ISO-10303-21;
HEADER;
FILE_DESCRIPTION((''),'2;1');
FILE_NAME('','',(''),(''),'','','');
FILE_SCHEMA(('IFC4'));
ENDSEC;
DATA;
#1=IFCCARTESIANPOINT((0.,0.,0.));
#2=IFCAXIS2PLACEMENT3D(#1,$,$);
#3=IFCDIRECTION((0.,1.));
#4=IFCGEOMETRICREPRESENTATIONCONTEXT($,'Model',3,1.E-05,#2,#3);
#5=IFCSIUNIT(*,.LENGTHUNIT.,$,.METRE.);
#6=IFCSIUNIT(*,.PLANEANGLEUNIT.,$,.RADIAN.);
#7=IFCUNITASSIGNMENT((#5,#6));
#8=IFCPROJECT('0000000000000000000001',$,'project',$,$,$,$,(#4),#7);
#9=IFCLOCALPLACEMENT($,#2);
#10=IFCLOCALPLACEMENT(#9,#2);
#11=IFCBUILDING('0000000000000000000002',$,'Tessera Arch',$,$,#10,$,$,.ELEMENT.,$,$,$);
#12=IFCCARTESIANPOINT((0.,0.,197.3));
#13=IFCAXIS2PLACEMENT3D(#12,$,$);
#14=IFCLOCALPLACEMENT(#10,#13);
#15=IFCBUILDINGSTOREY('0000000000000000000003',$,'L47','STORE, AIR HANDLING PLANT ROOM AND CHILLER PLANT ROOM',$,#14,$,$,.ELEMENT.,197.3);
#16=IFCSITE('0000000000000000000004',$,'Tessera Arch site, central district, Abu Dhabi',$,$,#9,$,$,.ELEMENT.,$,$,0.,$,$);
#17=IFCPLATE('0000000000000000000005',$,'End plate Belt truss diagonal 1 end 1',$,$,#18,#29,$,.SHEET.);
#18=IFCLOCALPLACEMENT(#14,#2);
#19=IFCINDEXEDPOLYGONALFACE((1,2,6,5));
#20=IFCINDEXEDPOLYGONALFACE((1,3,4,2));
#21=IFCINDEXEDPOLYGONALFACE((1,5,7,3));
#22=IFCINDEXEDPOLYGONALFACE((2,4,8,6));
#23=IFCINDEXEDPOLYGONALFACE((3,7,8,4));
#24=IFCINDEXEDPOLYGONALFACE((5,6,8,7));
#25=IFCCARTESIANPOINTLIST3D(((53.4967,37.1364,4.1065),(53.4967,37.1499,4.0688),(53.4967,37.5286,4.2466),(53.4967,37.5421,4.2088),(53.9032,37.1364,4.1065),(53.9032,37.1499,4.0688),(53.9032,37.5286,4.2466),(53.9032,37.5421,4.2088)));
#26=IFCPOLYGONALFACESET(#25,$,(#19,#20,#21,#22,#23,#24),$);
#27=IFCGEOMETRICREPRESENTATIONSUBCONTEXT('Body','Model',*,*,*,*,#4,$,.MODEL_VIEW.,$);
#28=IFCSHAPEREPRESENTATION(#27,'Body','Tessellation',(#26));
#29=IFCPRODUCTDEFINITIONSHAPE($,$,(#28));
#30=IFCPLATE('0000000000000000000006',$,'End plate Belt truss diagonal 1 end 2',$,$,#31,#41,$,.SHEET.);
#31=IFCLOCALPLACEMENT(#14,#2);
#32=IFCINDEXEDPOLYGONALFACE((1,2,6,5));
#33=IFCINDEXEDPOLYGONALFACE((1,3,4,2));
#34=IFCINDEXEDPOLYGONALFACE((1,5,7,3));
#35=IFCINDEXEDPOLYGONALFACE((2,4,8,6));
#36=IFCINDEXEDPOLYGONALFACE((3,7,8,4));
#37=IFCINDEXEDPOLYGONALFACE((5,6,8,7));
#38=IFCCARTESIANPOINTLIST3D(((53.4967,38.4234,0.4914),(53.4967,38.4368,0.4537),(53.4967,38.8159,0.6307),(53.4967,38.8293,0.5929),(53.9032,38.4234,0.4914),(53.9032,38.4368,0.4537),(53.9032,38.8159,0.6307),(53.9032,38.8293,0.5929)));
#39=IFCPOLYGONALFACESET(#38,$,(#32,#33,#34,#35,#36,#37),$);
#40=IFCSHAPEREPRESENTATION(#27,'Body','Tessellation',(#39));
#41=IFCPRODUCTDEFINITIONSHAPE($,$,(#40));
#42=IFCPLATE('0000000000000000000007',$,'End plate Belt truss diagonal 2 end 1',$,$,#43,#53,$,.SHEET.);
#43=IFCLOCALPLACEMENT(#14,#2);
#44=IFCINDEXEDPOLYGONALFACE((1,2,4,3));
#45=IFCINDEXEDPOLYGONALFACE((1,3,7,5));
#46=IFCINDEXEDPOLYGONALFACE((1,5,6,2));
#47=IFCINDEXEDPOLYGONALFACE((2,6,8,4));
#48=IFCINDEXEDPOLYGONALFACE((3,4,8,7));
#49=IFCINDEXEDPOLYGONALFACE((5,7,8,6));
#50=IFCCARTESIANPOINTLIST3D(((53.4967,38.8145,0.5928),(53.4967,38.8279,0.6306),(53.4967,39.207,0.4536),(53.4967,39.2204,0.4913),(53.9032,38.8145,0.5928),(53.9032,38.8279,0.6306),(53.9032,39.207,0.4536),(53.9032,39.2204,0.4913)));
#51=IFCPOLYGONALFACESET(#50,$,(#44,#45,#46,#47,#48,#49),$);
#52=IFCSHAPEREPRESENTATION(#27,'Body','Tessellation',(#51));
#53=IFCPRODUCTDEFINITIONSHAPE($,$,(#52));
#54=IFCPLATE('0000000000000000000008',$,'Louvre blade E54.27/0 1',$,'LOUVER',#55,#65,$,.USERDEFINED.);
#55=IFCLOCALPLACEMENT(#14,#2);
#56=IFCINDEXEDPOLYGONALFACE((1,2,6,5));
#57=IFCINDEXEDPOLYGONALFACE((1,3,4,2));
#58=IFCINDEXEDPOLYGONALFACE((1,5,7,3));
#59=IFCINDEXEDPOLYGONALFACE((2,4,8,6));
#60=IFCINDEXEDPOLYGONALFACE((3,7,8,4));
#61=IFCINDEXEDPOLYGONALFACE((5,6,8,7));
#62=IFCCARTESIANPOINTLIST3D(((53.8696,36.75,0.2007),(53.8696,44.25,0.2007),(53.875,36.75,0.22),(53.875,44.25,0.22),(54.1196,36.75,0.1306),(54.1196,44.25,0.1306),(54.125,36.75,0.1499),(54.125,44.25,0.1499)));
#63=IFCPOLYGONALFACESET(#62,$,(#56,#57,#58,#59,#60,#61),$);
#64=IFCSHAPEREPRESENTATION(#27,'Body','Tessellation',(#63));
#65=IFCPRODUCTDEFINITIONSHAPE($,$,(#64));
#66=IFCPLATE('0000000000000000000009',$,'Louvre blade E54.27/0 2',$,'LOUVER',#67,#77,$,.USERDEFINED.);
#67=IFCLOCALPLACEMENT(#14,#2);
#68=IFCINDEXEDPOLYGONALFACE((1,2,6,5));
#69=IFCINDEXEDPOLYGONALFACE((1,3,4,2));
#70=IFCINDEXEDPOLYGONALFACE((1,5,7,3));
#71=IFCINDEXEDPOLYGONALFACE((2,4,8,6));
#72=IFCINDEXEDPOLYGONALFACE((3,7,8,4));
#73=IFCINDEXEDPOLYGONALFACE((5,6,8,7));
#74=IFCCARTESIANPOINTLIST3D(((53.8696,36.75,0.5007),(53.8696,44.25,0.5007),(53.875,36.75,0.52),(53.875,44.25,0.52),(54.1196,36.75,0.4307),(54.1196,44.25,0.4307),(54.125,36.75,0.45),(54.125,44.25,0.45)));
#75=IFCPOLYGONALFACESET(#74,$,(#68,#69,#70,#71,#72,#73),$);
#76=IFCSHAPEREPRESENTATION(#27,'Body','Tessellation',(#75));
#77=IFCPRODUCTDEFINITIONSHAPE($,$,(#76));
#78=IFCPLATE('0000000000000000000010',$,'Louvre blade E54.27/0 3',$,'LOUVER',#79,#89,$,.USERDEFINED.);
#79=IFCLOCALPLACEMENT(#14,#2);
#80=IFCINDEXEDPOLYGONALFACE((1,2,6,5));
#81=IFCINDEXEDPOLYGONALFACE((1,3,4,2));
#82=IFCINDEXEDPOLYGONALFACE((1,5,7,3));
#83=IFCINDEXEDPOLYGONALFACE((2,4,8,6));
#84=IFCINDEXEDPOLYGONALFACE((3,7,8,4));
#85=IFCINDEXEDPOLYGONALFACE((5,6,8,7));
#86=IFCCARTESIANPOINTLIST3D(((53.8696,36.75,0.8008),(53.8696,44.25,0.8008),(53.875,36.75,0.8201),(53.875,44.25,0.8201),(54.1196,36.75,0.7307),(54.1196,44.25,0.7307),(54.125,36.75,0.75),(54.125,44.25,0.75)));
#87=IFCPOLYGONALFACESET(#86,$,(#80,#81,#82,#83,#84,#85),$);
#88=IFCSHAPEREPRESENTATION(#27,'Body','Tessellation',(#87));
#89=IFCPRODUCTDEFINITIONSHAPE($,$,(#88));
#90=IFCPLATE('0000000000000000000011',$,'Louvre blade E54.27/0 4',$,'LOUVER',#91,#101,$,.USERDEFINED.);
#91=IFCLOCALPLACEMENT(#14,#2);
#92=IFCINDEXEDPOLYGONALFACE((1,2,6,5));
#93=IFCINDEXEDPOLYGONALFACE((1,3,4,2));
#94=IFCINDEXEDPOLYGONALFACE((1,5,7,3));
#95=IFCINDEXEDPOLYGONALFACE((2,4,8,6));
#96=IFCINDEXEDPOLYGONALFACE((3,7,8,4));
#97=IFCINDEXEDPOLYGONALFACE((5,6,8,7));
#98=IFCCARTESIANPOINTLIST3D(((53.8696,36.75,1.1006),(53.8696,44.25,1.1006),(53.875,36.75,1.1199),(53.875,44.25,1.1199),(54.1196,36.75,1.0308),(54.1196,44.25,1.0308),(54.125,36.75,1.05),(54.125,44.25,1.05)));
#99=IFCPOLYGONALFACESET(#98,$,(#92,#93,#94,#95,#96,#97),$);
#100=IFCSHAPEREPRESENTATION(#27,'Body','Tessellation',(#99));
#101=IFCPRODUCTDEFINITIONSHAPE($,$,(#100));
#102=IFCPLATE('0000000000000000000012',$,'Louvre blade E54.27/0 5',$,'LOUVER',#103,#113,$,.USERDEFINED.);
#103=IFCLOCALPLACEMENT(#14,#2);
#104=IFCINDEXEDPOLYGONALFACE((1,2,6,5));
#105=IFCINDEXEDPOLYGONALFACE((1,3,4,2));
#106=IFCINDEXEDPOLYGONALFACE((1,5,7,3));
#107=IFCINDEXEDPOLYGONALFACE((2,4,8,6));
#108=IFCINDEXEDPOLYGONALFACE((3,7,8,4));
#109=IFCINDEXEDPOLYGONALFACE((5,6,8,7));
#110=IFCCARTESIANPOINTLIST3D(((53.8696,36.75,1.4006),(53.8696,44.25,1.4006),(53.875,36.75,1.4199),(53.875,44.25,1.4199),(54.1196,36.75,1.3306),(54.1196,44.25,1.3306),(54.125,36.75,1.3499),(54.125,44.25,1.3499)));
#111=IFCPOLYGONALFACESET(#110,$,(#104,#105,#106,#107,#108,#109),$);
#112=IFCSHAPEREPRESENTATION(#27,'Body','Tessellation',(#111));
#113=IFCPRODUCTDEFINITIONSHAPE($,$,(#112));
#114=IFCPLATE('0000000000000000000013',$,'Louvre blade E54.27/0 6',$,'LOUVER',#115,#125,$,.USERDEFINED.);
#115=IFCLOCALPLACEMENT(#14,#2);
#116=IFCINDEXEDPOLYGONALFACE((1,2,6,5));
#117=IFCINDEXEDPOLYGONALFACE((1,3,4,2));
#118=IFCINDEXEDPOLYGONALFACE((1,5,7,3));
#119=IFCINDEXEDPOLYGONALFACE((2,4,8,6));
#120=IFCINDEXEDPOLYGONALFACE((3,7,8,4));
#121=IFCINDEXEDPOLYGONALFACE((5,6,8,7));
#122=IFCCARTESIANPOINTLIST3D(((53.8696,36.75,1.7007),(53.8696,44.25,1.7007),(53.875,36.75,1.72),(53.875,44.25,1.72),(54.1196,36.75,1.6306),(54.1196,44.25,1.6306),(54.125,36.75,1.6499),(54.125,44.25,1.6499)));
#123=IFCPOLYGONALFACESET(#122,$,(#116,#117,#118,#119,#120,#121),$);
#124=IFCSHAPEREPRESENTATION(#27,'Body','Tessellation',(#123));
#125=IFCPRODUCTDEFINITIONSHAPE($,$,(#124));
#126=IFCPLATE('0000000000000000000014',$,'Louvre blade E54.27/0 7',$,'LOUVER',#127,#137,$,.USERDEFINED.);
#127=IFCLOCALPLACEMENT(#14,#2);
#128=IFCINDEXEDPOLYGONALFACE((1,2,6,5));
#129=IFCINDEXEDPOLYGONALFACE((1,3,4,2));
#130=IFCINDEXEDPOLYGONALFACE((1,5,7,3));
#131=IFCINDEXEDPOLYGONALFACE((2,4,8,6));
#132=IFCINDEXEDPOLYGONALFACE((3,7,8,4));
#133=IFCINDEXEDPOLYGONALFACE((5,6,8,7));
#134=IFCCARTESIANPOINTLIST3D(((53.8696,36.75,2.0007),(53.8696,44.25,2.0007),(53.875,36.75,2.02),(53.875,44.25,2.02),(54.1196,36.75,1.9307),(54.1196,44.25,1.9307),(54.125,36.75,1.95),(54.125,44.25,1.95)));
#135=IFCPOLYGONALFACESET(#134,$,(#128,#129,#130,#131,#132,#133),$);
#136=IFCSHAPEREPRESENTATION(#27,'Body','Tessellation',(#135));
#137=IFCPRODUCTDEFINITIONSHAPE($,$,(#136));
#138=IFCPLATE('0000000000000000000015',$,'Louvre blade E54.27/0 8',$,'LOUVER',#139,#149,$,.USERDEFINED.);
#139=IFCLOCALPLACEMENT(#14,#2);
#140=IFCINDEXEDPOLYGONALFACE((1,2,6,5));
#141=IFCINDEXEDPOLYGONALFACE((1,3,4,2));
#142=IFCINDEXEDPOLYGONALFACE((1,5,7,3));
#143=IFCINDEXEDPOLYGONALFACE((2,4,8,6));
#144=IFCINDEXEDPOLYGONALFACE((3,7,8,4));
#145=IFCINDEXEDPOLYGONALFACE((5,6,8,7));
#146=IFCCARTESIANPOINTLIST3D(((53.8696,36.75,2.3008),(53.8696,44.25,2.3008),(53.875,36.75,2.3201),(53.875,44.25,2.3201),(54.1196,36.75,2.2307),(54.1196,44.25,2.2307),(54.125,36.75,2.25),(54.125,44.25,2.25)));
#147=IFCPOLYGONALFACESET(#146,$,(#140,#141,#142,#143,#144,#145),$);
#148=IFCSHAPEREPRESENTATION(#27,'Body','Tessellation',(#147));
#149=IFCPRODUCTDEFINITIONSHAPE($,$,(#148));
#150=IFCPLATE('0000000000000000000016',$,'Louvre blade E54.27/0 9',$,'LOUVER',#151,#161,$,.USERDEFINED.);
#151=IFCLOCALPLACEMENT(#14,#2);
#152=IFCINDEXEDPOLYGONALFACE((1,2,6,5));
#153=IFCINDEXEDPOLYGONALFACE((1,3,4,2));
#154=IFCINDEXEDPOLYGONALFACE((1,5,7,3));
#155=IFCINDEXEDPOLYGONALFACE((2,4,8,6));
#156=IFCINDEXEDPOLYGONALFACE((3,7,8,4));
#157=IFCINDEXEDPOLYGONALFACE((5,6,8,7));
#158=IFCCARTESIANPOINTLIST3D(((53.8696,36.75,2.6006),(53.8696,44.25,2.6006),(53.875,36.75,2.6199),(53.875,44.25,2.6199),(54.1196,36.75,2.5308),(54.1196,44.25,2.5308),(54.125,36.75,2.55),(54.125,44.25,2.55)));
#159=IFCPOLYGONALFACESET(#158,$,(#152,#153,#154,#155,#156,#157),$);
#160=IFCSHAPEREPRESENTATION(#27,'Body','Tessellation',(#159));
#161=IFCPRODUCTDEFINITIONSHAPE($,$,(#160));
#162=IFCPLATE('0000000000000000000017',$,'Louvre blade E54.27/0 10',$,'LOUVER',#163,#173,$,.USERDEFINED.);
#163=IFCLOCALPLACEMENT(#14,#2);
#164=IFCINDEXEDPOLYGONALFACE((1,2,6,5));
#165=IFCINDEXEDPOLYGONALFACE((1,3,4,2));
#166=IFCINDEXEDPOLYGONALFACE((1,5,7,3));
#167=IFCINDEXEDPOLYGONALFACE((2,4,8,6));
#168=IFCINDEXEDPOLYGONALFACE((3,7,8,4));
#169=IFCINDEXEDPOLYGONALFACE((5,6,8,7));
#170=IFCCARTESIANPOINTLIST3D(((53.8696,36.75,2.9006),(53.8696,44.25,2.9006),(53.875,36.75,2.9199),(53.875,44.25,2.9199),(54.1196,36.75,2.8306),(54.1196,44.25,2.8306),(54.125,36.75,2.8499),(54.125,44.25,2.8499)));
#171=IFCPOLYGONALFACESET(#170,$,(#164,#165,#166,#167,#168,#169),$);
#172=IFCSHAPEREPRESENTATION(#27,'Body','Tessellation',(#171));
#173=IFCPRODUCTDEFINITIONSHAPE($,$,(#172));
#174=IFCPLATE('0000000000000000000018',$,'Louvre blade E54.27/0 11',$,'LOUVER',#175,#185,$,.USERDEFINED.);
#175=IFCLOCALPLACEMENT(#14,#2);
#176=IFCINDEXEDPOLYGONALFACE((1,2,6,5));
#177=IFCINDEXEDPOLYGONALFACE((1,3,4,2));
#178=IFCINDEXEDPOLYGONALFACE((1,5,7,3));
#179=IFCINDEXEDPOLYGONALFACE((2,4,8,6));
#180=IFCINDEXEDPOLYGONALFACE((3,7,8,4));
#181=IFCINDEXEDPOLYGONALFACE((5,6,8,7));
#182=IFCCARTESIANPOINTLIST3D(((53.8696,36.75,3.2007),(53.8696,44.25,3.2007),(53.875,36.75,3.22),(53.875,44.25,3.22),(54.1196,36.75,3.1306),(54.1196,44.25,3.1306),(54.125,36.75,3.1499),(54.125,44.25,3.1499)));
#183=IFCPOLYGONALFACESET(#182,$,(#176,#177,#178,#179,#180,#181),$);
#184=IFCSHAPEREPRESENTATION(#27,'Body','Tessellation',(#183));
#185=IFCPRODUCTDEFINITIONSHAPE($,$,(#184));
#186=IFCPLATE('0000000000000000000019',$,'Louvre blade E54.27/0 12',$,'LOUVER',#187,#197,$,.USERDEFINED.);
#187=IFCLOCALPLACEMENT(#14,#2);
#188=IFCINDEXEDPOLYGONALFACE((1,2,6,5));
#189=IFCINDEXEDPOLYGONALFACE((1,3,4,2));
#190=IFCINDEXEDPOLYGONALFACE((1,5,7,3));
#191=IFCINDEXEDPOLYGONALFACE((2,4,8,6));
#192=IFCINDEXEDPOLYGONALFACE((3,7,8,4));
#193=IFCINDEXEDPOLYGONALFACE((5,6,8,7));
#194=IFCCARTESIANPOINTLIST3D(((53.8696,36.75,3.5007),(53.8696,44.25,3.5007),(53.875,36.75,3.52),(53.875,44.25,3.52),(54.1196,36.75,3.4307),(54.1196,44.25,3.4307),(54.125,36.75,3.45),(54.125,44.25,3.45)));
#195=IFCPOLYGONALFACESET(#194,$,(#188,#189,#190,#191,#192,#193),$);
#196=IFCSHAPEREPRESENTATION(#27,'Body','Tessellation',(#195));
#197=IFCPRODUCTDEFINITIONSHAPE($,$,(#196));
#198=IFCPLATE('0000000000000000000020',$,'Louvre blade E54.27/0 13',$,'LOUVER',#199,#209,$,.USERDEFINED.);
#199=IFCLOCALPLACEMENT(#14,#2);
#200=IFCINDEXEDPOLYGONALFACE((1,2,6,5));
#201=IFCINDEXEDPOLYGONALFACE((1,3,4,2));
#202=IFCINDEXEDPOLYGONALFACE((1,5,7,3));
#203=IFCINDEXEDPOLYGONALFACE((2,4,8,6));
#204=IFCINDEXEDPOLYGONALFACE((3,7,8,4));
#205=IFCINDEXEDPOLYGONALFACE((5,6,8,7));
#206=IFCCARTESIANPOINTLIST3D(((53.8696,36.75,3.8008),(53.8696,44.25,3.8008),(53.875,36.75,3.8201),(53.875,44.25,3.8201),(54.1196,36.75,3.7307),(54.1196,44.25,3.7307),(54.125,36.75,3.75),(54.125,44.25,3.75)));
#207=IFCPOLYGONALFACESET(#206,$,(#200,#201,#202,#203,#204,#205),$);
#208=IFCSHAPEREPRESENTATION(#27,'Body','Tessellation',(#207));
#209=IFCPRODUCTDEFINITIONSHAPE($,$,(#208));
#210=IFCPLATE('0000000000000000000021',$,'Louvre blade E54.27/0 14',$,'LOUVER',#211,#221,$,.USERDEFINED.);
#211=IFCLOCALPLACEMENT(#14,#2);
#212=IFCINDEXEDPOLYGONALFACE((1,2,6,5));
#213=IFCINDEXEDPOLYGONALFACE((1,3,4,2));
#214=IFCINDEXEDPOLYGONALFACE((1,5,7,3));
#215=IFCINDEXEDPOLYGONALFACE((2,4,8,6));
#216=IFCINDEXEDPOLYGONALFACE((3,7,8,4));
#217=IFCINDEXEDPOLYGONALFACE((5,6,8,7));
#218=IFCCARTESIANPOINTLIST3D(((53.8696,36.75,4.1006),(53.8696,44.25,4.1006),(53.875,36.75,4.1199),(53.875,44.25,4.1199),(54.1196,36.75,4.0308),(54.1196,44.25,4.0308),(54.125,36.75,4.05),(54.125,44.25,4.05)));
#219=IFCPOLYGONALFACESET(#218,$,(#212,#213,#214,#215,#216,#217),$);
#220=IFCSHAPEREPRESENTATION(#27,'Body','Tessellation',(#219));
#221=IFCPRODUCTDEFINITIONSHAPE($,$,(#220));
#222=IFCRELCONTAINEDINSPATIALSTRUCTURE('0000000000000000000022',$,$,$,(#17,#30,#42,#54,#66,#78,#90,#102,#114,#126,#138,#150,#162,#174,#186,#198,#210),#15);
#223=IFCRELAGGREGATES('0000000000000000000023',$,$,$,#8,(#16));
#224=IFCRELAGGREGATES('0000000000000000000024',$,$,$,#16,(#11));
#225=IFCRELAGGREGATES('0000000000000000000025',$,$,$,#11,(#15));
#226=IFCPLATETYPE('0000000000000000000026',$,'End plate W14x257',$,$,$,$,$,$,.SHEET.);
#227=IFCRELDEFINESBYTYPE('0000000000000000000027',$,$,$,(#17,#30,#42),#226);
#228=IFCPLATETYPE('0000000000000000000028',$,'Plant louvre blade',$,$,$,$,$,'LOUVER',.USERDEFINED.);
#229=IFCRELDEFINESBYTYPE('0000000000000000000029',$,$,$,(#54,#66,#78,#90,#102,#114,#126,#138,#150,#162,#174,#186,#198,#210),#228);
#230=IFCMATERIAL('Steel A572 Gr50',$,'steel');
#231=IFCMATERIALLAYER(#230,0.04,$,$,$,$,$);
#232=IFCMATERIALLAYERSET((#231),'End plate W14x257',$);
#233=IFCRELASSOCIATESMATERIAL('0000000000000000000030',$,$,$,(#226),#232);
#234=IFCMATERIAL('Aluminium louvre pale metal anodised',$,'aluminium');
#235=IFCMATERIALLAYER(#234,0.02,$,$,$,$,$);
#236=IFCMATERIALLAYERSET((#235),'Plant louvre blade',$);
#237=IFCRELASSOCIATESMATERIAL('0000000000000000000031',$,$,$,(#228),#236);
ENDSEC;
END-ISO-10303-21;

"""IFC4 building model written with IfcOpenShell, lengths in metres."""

from ifc_helpers import new_model, si_unit, direction, frame, origin, origin_2d, place, context, subcontext, project, spatial, polyline, rectangle, outline, extrude, material, layer, layer_set, type_object, element, save


model = new_model("IFC4")

# Units and contexts
model_context = context("Model", 3, precision=1e-05, world=origin(), true_north=direction((0.0, 1.0)))
body_context = subcontext(model_context, "Body", "Model", "MODEL_VIEW")
ifc_project = project(units=[si_unit("LENGTHUNIT", "METRE"), si_unit("PLANEANGLEUNIT", "RADIAN")], contexts=[model_context])

# Site, building, storey
site_placement = place(None, origin())
site = spatial("IfcSite", under=ifc_project, at=site_placement, Name="Tessera Arch site, central district, Abu Dhabi", CompositionType="ELEMENT", RefElevation=0.0)
building_placement = place(site_placement, origin())
building = spatial("IfcBuilding", under=site, at=building_placement, Name="Tessera Arch", CompositionType="ELEMENT")
storey_placement = place(building_placement, frame((0.0, 0.0, 197.3)))
storey = spatial("IfcBuildingStorey", under=building, at=storey_placement, Name="L47", Description="STORE, AIR HANDLING PLANT ROOM AND CHILLER PLANT ROOM", CompositionType="ELEMENT", Elevation=197.3)

# Plates
ifc_material_1 = material(Name="Steel A572 Gr50", Category="steel")
ifc_layer_1 = layer(ifc_material_1, 0.04)
ifc_layer_set_1 = layer_set([ifc_layer_1], Name="End plate W14x257")
plate_type_1 = type_object("IfcPlateType", Name="End plate W14x257", PredefinedType="SHEET", material=ifc_layer_set_1)
for number, where, z_axis, x_axis, name in (
    (1, (53.7, 37.3325, 4.1765), (0.0, 0.336336, -0.941742), (-1.0, 0.0, 0.0), "End plate Belt truss diagonal 1 end 1"),
    (2, (53.7, 38.6196, 0.561), (0.0, 0.33441, -0.942428), (-1.0, 0.0, 0.0), "End plate Belt truss diagonal 1 end 2"),
    (3, (53.7, 39.0107, 0.5232), (0.0, 0.33441, 0.942428), (-1.0, 0.0, 0.0), "End plate Belt truss diagonal 2 end 1"),
):
    element("IfcPlate", number, at=place(storey_placement, frame(where, z_axis=z_axis, x_axis=x_axis)), inside=storey, type_object=plate_type_1, Name=name, PredefinedType="SHEET", context=body_context, shape_type="SweptSolid", body=[
        extrude(rectangle(XDim=0.4065, YDim=0.4165, at=origin_2d()), origin(), (0.0, 0.0, 1.0), 0.04),
    ])
ifc_material_2 = material(Name="Aluminium louvre pale metal anodised", Category="aluminium")
ifc_layer_2 = layer(ifc_material_2, 0.02)
ifc_layer_set_2 = layer_set([ifc_layer_2], Name="Plant louvre blade")
plate_type_2 = type_object("IfcPlateType", Name="Plant louvre blade", ElementType="LOUVER", PredefinedType="USERDEFINED", material=ifc_layer_set_2)
for number, where, z_axis, x_axis, name in (
    (4, (54.125, 36.75, 0.1499), (0.269874, 0.0, 0.962896), (0.0, 1.0, 0.0), "Louvre blade E54.27/0 1"),
    (5, (54.125, 36.75, 0.45), (0.269874, 0.0, 0.962896), (0.0, 1.0, 0.0), "Louvre blade E54.27/0 2"),
    (6, (54.125, 36.75, 0.75), (0.269874, 0.0, 0.962896), (0.0, 1.0, 0.0), "Louvre blade E54.27/0 3"),
):
    element("IfcPlate", number, at=place(storey_placement, frame(where, z_axis=z_axis, x_axis=x_axis)), inside=storey, type_object=plate_type_2, Name=name, ObjectType="LOUVER", PredefinedType="USERDEFINED", context=body_context, shape_type="SweptSolid", body=[
        extrude(outline(polyline([(0.0, 0.0), (7.5, 0.0), (7.5, 0.2596), (0.0, 0.2596), (0.0, 0.0)])), origin(), (0.0, 0.0, -1.0), 0.02),
    ])
plate_1_placement = place(storey_placement, frame((54.125, 36.75, 1.05), z_axis=(0.269002, 0.0, 0.96314), x_axis=(0.0, 1.0, 0.0)))
element("IfcPlate", 7, at=plate_1_placement, inside=storey, type_object=plate_type_2, Name="Louvre blade E54.27/0 4", ObjectType="LOUVER", PredefinedType="USERDEFINED", context=body_context, shape_type="SweptSolid", body=[
    extrude(outline(polyline([(0.0, 0.0), (7.5, 0.0), (7.5, 0.2596), (0.0, 0.2596), (0.0, 0.0)])), origin(), (0.0, 0.0, -1.0), 0.02),
])
for number, where, z_axis, x_axis, name in (
    (8, (54.125, 36.75, 1.3499), (0.269874, 0.0, 0.962896), (0.0, 1.0, 0.0), "Louvre blade E54.27/0 5"),
    (9, (54.125, 36.75, 1.6499), (0.269874, 0.0, 0.962896), (0.0, 1.0, 0.0), "Louvre blade E54.27/0 6"),
    (10, (54.125, 36.75, 1.95), (0.269874, 0.0, 0.962896), (0.0, 1.0, 0.0), "Louvre blade E54.27/0 7"),
    (11, (54.125, 36.75, 2.25), (0.269874, 0.0, 0.962896), (0.0, 1.0, 0.0), "Louvre blade E54.27/0 8"),
):
    element("IfcPlate", number, at=place(storey_placement, frame(where, z_axis=z_axis, x_axis=x_axis)), inside=storey, type_object=plate_type_2, Name=name, ObjectType="LOUVER", PredefinedType="USERDEFINED", context=body_context, shape_type="SweptSolid", body=[
        extrude(outline(polyline([(0.0, 0.0), (7.5, 0.0), (7.5, 0.2596), (0.0, 0.2596), (0.0, 0.0)])), origin(), (0.0, 0.0, -1.0), 0.02),
    ])
plate_2_placement = place(storey_placement, frame((54.125, 36.75, 2.55), z_axis=(0.269002, 0.0, 0.96314), x_axis=(0.0, 1.0, 0.0)))
element("IfcPlate", 12, at=plate_2_placement, inside=storey, type_object=plate_type_2, Name="Louvre blade E54.27/0 9", ObjectType="LOUVER", PredefinedType="USERDEFINED", context=body_context, shape_type="SweptSolid", body=[
    extrude(outline(polyline([(0.0, 0.0), (7.5, 0.0), (7.5, 0.2596), (0.0, 0.2596), (0.0, 0.0)])), origin(), (0.0, 0.0, -1.0), 0.02),
])
for number, where, z_axis, x_axis, name in (
    (13, (54.125, 36.75, 2.8499), (0.269874, 0.0, 0.962896), (0.0, 1.0, 0.0), "Louvre blade E54.27/0 10"),
    (14, (54.125, 36.75, 3.1499), (0.269874, 0.0, 0.962896), (0.0, 1.0, 0.0), "Louvre blade E54.27/0 11"),
    (15, (54.125, 36.75, 3.45), (0.269874, 0.0, 0.962896), (0.0, 1.0, 0.0), "Louvre blade E54.27/0 12"),
    (16, (54.125, 36.75, 3.75), (0.269874, 0.0, 0.962896), (0.0, 1.0, 0.0), "Louvre blade E54.27/0 13"),
):
    element("IfcPlate", number, at=place(storey_placement, frame(where, z_axis=z_axis, x_axis=x_axis)), inside=storey, type_object=plate_type_2, Name=name, ObjectType="LOUVER", PredefinedType="USERDEFINED", context=body_context, shape_type="SweptSolid", body=[
        extrude(outline(polyline([(0.0, 0.0), (7.5, 0.0), (7.5, 0.2596), (0.0, 0.2596), (0.0, 0.0)])), origin(), (0.0, 0.0, -1.0), 0.02),
    ])
plate_3_placement = place(storey_placement, frame((54.125, 36.75, 4.05), z_axis=(0.269002, 0.0, 0.96314), x_axis=(0.0, 1.0, 0.0)))
element("IfcPlate", 17, at=plate_3_placement, inside=storey, type_object=plate_type_2, Name="Louvre blade E54.27/0 14", ObjectType="LOUVER", PredefinedType="USERDEFINED", context=body_context, shape_type="SweptSolid", body=[
    extrude(outline(polyline([(0.0, 0.0), (7.5, 0.0), (7.5, 0.2596), (0.0, 0.2596), (0.0, 0.0)])), origin(), (0.0, 0.0, -1.0), 0.02),
])

save(model, "model.ifc")
